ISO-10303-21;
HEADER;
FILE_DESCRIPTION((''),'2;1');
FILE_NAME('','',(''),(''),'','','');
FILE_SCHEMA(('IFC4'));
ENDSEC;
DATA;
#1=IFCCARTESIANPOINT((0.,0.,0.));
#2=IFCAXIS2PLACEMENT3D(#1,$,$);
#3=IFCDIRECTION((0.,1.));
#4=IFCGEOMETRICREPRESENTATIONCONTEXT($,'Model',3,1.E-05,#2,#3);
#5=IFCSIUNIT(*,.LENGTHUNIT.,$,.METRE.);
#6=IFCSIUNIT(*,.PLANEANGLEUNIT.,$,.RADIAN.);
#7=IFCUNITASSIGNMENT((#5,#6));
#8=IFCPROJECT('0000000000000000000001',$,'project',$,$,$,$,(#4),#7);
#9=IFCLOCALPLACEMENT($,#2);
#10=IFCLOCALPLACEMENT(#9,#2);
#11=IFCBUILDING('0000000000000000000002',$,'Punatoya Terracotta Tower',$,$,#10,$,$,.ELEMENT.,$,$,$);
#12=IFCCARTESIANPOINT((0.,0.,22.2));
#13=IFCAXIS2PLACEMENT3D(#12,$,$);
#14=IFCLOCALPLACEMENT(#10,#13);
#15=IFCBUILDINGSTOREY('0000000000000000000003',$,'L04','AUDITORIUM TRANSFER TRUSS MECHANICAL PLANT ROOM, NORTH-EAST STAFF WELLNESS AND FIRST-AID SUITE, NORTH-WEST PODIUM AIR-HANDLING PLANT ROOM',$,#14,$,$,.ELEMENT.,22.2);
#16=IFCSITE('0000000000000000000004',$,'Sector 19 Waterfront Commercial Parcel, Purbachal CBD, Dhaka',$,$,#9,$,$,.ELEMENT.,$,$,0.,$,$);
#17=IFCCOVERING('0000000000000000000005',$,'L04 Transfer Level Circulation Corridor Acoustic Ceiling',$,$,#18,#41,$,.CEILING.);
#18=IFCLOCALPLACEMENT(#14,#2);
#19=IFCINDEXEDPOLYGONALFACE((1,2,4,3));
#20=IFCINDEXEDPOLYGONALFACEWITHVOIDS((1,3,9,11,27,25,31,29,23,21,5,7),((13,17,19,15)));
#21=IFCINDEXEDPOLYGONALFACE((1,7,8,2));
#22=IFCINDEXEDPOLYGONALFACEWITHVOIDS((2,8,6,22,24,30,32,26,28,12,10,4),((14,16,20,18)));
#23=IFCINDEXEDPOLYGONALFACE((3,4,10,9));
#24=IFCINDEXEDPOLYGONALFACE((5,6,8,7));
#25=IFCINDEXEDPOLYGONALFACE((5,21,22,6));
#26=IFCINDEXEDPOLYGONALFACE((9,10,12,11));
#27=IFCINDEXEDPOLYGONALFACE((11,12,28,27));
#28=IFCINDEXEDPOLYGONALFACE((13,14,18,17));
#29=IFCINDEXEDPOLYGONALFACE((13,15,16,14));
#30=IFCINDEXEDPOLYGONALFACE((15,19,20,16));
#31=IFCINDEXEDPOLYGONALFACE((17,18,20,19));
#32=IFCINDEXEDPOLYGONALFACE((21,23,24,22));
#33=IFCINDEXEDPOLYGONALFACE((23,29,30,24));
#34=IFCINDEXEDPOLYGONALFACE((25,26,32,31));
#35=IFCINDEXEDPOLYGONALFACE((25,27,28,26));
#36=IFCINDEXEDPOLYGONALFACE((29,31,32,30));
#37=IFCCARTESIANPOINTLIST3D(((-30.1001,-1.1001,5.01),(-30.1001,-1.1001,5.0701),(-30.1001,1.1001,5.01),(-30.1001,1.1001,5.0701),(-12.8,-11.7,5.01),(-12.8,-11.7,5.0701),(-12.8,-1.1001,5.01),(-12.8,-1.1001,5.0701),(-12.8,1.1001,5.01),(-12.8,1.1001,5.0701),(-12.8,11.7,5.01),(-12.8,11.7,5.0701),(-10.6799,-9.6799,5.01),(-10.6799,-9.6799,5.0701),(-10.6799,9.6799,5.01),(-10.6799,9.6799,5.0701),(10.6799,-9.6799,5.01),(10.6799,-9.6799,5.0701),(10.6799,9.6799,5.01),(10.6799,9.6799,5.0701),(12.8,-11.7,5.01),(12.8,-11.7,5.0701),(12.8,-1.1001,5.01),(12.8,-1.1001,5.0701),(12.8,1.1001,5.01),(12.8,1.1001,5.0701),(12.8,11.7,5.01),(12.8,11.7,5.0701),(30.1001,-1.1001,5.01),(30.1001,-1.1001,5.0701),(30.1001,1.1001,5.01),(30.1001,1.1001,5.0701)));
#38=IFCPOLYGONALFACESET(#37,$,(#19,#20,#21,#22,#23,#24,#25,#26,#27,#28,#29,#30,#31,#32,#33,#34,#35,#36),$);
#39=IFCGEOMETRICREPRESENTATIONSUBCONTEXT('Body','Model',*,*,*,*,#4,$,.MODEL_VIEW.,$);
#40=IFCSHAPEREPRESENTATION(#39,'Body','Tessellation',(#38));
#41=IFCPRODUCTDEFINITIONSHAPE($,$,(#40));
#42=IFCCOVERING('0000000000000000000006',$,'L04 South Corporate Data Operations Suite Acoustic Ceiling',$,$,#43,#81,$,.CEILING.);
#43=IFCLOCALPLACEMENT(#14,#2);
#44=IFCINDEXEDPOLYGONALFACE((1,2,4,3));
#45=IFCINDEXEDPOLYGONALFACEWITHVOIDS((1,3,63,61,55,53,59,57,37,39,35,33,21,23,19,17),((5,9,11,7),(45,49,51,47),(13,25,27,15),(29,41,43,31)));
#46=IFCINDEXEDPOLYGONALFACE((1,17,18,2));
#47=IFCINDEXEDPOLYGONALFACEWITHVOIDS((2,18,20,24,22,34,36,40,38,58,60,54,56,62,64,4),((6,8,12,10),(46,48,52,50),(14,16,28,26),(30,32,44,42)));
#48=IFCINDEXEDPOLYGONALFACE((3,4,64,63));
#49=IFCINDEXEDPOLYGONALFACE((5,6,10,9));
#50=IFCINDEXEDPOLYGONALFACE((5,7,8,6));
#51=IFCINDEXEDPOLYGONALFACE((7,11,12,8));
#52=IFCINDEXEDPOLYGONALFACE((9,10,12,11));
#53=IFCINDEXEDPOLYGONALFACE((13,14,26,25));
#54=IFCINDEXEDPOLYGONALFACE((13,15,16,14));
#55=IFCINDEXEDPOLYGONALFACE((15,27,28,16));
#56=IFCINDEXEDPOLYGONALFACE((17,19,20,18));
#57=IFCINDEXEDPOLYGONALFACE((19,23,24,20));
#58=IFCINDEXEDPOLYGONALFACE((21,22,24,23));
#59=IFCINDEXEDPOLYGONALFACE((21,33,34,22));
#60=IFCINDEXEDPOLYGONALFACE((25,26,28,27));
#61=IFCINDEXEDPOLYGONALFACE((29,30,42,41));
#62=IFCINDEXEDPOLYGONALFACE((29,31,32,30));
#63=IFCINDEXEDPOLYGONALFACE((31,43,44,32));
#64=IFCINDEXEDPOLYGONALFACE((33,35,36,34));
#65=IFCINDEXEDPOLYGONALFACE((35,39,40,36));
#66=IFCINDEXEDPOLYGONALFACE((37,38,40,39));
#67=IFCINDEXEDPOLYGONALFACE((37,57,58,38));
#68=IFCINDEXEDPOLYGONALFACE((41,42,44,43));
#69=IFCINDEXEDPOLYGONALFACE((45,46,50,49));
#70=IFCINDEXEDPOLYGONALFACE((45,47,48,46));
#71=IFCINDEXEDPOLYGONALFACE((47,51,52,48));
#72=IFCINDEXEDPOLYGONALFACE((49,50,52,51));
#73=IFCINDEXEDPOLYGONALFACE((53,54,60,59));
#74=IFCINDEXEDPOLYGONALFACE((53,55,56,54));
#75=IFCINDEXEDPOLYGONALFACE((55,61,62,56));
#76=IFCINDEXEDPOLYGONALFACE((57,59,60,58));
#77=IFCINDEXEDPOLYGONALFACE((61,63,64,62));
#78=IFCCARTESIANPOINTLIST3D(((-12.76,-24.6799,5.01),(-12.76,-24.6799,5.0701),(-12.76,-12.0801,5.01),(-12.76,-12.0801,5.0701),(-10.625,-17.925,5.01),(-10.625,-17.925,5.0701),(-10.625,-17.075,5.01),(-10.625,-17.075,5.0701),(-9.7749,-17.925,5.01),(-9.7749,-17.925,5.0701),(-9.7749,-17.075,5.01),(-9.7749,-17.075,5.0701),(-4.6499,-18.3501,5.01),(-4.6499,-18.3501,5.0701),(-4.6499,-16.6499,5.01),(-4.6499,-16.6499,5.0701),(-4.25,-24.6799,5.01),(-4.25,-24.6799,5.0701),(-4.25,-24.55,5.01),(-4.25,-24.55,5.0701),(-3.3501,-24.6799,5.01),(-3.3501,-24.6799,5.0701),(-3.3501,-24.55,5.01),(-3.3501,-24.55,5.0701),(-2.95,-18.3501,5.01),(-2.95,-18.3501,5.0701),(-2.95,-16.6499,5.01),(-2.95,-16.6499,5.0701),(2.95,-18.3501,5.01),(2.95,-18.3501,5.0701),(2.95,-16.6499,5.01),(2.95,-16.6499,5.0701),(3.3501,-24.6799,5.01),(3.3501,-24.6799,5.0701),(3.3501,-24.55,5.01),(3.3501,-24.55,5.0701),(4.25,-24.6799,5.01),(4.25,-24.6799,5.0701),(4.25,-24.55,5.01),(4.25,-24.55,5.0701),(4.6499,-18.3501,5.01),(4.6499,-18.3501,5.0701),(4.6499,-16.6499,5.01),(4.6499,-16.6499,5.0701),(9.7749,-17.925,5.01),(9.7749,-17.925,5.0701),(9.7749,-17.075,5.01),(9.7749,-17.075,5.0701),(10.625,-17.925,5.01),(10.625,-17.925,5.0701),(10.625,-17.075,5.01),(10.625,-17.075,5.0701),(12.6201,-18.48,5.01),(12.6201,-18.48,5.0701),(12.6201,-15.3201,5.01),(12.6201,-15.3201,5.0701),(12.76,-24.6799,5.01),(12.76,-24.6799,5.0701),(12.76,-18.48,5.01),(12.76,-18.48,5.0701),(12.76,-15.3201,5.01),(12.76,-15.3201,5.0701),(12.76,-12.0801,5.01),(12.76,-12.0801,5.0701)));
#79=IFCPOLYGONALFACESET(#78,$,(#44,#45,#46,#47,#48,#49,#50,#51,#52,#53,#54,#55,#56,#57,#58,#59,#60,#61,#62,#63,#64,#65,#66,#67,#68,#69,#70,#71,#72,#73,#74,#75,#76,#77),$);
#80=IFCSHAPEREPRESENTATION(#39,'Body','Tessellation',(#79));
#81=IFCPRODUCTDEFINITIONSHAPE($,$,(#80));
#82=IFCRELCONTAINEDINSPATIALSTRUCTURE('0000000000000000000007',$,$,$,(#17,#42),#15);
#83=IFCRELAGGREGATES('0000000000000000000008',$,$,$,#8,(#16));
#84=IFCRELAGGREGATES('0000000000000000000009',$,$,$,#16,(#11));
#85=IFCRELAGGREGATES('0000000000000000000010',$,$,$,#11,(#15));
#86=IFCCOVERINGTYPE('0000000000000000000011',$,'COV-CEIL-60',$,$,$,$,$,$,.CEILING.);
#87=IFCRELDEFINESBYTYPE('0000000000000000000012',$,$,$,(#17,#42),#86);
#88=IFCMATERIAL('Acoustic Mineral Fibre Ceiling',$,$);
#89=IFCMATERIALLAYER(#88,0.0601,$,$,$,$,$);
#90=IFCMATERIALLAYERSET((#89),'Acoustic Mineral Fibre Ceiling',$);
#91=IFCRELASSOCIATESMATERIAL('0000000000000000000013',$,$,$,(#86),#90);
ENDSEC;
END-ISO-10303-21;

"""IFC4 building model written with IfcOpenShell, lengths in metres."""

from ifc_helpers import new_model, si_unit, direction, frame, origin, place, context, subcontext, project, spatial, polyline, outline, extrude, material, layer, layer_set, type_object, element, save


model = new_model("IFC4")

# Units and contexts
model_context = context("Model", 3, precision=1e-05, world=origin(), true_north=direction((0.0, 1.0)))
body_context = subcontext(model_context, "Body", "Model", "MODEL_VIEW")
ifc_project = project(units=[si_unit("LENGTHUNIT", "METRE"), si_unit("PLANEANGLEUNIT", "RADIAN")], contexts=[model_context])

# Site, building, storey
site_placement = place(None, origin())
site = spatial("IfcSite", under=ifc_project, at=site_placement, Name="Sector 19 Waterfront Commercial Parcel, Purbachal CBD, Dhaka", CompositionType="ELEMENT", RefElevation=0.0)
building_placement = place(site_placement, origin())
building = spatial("IfcBuilding", under=site, at=building_placement, Name="Punatoya Terracotta Tower", CompositionType="ELEMENT")
storey_placement = place(building_placement, frame((0.0, 0.0, 22.2)))
storey = spatial("IfcBuildingStorey", under=building, at=storey_placement, Name="L04", Description="AUDITORIUM TRANSFER TRUSS MECHANICAL PLANT ROOM, NORTH-EAST STAFF WELLNESS AND FIRST-AID SUITE, NORTH-WEST PODIUM AIR-HANDLING PLANT ROOM", CompositionType="ELEMENT", Elevation=22.2)

# Coverings
ifc_material_1 = material(Name="Acoustic Mineral Fibre Ceiling")
ifc_layer_1 = layer(ifc_material_1, 0.0601)
ifc_layer_set_1 = layer_set([ifc_layer_1], Name="Acoustic Mineral Fibre Ceiling")
covering_type = type_object("IfcCoveringType", Name="COV-CEIL-60", PredefinedType="CEILING", material=ifc_layer_set_1)
covering_1_placement = place(storey_placement, frame((0.0, 0.0, 5.01)))
element("IfcCovering", 1, at=covering_1_placement, inside=storey, type_object=covering_type, Name="L04 Transfer Level Circulation Corridor Acoustic Ceiling", PredefinedType="CEILING", context=body_context, shape_type="SweptSolid", body=[
    extrude(outline(polyline([(12.8, 11.7), (-12.8, 11.7), (-12.8, 1.1001), (-30.1001, 1.1001), (-30.1001, -1.1001), (-12.8, -1.1001), (-12.8, -11.7), (12.8, -11.7), (12.8, -1.1001), (30.1001, -1.1001), (30.1001, 1.1001), (12.8, 1.1001), (12.8, 11.7)]), holes=[polyline([(10.6799, 9.6799), (10.6799, -9.6799), (-10.6799, -9.6799), (-10.6799, 9.6799), (10.6799, 9.6799)])]), origin(), (0.0, 0.0, 1.0), 0.0601),
])
covering_2_placement = place(storey_placement, frame((0.0, 0.0, 5.01)))
element("IfcCovering", 2, at=covering_2_placement, inside=storey, type_object=covering_type, Name="L04 South Corporate Data Operations Suite Acoustic Ceiling", PredefinedType="CEILING", context=body_context, shape_type="SweptSolid", body=[
    extrude(outline(polyline([(-4.25, -24.55), (-3.3501, -24.55), (-3.3501, -24.6799), (3.3501, -24.6799), (3.3501, -24.55), (4.25, -24.55), (4.25, -24.6799), (12.76, -24.6799), (12.76, -18.48), (12.6201, -18.48), (12.6201, -15.3201), (12.76, -15.3201), (12.76, -12.0801), (-12.76, -12.0801), (-12.76, -24.6799), (-4.25, -24.6799), (-4.25, -24.55)]), holes=[polyline([(9.7749, -17.075), (10.625, -17.075), (10.625, -17.925), (9.7749, -17.925), (9.7749, -17.075)]), polyline([(2.95, -18.3501), (2.95, -16.6499), (4.6499, -16.6499), (4.6499, -18.3501), (2.95, -18.3501)]), polyline([(-2.95, -18.3501), (-4.6499, -18.3501), (-4.6499, -16.6499), (-2.95, -16.6499), (-2.95, -18.3501)]), polyline([(-10.625, -17.925), (-10.625, -17.075), (-9.7749, -17.075), (-9.7749, -17.925), (-10.625, -17.925)])]), origin(), (0.0, 0.0, 1.0), 0.0601),
])

save(model, "model.ifc")
